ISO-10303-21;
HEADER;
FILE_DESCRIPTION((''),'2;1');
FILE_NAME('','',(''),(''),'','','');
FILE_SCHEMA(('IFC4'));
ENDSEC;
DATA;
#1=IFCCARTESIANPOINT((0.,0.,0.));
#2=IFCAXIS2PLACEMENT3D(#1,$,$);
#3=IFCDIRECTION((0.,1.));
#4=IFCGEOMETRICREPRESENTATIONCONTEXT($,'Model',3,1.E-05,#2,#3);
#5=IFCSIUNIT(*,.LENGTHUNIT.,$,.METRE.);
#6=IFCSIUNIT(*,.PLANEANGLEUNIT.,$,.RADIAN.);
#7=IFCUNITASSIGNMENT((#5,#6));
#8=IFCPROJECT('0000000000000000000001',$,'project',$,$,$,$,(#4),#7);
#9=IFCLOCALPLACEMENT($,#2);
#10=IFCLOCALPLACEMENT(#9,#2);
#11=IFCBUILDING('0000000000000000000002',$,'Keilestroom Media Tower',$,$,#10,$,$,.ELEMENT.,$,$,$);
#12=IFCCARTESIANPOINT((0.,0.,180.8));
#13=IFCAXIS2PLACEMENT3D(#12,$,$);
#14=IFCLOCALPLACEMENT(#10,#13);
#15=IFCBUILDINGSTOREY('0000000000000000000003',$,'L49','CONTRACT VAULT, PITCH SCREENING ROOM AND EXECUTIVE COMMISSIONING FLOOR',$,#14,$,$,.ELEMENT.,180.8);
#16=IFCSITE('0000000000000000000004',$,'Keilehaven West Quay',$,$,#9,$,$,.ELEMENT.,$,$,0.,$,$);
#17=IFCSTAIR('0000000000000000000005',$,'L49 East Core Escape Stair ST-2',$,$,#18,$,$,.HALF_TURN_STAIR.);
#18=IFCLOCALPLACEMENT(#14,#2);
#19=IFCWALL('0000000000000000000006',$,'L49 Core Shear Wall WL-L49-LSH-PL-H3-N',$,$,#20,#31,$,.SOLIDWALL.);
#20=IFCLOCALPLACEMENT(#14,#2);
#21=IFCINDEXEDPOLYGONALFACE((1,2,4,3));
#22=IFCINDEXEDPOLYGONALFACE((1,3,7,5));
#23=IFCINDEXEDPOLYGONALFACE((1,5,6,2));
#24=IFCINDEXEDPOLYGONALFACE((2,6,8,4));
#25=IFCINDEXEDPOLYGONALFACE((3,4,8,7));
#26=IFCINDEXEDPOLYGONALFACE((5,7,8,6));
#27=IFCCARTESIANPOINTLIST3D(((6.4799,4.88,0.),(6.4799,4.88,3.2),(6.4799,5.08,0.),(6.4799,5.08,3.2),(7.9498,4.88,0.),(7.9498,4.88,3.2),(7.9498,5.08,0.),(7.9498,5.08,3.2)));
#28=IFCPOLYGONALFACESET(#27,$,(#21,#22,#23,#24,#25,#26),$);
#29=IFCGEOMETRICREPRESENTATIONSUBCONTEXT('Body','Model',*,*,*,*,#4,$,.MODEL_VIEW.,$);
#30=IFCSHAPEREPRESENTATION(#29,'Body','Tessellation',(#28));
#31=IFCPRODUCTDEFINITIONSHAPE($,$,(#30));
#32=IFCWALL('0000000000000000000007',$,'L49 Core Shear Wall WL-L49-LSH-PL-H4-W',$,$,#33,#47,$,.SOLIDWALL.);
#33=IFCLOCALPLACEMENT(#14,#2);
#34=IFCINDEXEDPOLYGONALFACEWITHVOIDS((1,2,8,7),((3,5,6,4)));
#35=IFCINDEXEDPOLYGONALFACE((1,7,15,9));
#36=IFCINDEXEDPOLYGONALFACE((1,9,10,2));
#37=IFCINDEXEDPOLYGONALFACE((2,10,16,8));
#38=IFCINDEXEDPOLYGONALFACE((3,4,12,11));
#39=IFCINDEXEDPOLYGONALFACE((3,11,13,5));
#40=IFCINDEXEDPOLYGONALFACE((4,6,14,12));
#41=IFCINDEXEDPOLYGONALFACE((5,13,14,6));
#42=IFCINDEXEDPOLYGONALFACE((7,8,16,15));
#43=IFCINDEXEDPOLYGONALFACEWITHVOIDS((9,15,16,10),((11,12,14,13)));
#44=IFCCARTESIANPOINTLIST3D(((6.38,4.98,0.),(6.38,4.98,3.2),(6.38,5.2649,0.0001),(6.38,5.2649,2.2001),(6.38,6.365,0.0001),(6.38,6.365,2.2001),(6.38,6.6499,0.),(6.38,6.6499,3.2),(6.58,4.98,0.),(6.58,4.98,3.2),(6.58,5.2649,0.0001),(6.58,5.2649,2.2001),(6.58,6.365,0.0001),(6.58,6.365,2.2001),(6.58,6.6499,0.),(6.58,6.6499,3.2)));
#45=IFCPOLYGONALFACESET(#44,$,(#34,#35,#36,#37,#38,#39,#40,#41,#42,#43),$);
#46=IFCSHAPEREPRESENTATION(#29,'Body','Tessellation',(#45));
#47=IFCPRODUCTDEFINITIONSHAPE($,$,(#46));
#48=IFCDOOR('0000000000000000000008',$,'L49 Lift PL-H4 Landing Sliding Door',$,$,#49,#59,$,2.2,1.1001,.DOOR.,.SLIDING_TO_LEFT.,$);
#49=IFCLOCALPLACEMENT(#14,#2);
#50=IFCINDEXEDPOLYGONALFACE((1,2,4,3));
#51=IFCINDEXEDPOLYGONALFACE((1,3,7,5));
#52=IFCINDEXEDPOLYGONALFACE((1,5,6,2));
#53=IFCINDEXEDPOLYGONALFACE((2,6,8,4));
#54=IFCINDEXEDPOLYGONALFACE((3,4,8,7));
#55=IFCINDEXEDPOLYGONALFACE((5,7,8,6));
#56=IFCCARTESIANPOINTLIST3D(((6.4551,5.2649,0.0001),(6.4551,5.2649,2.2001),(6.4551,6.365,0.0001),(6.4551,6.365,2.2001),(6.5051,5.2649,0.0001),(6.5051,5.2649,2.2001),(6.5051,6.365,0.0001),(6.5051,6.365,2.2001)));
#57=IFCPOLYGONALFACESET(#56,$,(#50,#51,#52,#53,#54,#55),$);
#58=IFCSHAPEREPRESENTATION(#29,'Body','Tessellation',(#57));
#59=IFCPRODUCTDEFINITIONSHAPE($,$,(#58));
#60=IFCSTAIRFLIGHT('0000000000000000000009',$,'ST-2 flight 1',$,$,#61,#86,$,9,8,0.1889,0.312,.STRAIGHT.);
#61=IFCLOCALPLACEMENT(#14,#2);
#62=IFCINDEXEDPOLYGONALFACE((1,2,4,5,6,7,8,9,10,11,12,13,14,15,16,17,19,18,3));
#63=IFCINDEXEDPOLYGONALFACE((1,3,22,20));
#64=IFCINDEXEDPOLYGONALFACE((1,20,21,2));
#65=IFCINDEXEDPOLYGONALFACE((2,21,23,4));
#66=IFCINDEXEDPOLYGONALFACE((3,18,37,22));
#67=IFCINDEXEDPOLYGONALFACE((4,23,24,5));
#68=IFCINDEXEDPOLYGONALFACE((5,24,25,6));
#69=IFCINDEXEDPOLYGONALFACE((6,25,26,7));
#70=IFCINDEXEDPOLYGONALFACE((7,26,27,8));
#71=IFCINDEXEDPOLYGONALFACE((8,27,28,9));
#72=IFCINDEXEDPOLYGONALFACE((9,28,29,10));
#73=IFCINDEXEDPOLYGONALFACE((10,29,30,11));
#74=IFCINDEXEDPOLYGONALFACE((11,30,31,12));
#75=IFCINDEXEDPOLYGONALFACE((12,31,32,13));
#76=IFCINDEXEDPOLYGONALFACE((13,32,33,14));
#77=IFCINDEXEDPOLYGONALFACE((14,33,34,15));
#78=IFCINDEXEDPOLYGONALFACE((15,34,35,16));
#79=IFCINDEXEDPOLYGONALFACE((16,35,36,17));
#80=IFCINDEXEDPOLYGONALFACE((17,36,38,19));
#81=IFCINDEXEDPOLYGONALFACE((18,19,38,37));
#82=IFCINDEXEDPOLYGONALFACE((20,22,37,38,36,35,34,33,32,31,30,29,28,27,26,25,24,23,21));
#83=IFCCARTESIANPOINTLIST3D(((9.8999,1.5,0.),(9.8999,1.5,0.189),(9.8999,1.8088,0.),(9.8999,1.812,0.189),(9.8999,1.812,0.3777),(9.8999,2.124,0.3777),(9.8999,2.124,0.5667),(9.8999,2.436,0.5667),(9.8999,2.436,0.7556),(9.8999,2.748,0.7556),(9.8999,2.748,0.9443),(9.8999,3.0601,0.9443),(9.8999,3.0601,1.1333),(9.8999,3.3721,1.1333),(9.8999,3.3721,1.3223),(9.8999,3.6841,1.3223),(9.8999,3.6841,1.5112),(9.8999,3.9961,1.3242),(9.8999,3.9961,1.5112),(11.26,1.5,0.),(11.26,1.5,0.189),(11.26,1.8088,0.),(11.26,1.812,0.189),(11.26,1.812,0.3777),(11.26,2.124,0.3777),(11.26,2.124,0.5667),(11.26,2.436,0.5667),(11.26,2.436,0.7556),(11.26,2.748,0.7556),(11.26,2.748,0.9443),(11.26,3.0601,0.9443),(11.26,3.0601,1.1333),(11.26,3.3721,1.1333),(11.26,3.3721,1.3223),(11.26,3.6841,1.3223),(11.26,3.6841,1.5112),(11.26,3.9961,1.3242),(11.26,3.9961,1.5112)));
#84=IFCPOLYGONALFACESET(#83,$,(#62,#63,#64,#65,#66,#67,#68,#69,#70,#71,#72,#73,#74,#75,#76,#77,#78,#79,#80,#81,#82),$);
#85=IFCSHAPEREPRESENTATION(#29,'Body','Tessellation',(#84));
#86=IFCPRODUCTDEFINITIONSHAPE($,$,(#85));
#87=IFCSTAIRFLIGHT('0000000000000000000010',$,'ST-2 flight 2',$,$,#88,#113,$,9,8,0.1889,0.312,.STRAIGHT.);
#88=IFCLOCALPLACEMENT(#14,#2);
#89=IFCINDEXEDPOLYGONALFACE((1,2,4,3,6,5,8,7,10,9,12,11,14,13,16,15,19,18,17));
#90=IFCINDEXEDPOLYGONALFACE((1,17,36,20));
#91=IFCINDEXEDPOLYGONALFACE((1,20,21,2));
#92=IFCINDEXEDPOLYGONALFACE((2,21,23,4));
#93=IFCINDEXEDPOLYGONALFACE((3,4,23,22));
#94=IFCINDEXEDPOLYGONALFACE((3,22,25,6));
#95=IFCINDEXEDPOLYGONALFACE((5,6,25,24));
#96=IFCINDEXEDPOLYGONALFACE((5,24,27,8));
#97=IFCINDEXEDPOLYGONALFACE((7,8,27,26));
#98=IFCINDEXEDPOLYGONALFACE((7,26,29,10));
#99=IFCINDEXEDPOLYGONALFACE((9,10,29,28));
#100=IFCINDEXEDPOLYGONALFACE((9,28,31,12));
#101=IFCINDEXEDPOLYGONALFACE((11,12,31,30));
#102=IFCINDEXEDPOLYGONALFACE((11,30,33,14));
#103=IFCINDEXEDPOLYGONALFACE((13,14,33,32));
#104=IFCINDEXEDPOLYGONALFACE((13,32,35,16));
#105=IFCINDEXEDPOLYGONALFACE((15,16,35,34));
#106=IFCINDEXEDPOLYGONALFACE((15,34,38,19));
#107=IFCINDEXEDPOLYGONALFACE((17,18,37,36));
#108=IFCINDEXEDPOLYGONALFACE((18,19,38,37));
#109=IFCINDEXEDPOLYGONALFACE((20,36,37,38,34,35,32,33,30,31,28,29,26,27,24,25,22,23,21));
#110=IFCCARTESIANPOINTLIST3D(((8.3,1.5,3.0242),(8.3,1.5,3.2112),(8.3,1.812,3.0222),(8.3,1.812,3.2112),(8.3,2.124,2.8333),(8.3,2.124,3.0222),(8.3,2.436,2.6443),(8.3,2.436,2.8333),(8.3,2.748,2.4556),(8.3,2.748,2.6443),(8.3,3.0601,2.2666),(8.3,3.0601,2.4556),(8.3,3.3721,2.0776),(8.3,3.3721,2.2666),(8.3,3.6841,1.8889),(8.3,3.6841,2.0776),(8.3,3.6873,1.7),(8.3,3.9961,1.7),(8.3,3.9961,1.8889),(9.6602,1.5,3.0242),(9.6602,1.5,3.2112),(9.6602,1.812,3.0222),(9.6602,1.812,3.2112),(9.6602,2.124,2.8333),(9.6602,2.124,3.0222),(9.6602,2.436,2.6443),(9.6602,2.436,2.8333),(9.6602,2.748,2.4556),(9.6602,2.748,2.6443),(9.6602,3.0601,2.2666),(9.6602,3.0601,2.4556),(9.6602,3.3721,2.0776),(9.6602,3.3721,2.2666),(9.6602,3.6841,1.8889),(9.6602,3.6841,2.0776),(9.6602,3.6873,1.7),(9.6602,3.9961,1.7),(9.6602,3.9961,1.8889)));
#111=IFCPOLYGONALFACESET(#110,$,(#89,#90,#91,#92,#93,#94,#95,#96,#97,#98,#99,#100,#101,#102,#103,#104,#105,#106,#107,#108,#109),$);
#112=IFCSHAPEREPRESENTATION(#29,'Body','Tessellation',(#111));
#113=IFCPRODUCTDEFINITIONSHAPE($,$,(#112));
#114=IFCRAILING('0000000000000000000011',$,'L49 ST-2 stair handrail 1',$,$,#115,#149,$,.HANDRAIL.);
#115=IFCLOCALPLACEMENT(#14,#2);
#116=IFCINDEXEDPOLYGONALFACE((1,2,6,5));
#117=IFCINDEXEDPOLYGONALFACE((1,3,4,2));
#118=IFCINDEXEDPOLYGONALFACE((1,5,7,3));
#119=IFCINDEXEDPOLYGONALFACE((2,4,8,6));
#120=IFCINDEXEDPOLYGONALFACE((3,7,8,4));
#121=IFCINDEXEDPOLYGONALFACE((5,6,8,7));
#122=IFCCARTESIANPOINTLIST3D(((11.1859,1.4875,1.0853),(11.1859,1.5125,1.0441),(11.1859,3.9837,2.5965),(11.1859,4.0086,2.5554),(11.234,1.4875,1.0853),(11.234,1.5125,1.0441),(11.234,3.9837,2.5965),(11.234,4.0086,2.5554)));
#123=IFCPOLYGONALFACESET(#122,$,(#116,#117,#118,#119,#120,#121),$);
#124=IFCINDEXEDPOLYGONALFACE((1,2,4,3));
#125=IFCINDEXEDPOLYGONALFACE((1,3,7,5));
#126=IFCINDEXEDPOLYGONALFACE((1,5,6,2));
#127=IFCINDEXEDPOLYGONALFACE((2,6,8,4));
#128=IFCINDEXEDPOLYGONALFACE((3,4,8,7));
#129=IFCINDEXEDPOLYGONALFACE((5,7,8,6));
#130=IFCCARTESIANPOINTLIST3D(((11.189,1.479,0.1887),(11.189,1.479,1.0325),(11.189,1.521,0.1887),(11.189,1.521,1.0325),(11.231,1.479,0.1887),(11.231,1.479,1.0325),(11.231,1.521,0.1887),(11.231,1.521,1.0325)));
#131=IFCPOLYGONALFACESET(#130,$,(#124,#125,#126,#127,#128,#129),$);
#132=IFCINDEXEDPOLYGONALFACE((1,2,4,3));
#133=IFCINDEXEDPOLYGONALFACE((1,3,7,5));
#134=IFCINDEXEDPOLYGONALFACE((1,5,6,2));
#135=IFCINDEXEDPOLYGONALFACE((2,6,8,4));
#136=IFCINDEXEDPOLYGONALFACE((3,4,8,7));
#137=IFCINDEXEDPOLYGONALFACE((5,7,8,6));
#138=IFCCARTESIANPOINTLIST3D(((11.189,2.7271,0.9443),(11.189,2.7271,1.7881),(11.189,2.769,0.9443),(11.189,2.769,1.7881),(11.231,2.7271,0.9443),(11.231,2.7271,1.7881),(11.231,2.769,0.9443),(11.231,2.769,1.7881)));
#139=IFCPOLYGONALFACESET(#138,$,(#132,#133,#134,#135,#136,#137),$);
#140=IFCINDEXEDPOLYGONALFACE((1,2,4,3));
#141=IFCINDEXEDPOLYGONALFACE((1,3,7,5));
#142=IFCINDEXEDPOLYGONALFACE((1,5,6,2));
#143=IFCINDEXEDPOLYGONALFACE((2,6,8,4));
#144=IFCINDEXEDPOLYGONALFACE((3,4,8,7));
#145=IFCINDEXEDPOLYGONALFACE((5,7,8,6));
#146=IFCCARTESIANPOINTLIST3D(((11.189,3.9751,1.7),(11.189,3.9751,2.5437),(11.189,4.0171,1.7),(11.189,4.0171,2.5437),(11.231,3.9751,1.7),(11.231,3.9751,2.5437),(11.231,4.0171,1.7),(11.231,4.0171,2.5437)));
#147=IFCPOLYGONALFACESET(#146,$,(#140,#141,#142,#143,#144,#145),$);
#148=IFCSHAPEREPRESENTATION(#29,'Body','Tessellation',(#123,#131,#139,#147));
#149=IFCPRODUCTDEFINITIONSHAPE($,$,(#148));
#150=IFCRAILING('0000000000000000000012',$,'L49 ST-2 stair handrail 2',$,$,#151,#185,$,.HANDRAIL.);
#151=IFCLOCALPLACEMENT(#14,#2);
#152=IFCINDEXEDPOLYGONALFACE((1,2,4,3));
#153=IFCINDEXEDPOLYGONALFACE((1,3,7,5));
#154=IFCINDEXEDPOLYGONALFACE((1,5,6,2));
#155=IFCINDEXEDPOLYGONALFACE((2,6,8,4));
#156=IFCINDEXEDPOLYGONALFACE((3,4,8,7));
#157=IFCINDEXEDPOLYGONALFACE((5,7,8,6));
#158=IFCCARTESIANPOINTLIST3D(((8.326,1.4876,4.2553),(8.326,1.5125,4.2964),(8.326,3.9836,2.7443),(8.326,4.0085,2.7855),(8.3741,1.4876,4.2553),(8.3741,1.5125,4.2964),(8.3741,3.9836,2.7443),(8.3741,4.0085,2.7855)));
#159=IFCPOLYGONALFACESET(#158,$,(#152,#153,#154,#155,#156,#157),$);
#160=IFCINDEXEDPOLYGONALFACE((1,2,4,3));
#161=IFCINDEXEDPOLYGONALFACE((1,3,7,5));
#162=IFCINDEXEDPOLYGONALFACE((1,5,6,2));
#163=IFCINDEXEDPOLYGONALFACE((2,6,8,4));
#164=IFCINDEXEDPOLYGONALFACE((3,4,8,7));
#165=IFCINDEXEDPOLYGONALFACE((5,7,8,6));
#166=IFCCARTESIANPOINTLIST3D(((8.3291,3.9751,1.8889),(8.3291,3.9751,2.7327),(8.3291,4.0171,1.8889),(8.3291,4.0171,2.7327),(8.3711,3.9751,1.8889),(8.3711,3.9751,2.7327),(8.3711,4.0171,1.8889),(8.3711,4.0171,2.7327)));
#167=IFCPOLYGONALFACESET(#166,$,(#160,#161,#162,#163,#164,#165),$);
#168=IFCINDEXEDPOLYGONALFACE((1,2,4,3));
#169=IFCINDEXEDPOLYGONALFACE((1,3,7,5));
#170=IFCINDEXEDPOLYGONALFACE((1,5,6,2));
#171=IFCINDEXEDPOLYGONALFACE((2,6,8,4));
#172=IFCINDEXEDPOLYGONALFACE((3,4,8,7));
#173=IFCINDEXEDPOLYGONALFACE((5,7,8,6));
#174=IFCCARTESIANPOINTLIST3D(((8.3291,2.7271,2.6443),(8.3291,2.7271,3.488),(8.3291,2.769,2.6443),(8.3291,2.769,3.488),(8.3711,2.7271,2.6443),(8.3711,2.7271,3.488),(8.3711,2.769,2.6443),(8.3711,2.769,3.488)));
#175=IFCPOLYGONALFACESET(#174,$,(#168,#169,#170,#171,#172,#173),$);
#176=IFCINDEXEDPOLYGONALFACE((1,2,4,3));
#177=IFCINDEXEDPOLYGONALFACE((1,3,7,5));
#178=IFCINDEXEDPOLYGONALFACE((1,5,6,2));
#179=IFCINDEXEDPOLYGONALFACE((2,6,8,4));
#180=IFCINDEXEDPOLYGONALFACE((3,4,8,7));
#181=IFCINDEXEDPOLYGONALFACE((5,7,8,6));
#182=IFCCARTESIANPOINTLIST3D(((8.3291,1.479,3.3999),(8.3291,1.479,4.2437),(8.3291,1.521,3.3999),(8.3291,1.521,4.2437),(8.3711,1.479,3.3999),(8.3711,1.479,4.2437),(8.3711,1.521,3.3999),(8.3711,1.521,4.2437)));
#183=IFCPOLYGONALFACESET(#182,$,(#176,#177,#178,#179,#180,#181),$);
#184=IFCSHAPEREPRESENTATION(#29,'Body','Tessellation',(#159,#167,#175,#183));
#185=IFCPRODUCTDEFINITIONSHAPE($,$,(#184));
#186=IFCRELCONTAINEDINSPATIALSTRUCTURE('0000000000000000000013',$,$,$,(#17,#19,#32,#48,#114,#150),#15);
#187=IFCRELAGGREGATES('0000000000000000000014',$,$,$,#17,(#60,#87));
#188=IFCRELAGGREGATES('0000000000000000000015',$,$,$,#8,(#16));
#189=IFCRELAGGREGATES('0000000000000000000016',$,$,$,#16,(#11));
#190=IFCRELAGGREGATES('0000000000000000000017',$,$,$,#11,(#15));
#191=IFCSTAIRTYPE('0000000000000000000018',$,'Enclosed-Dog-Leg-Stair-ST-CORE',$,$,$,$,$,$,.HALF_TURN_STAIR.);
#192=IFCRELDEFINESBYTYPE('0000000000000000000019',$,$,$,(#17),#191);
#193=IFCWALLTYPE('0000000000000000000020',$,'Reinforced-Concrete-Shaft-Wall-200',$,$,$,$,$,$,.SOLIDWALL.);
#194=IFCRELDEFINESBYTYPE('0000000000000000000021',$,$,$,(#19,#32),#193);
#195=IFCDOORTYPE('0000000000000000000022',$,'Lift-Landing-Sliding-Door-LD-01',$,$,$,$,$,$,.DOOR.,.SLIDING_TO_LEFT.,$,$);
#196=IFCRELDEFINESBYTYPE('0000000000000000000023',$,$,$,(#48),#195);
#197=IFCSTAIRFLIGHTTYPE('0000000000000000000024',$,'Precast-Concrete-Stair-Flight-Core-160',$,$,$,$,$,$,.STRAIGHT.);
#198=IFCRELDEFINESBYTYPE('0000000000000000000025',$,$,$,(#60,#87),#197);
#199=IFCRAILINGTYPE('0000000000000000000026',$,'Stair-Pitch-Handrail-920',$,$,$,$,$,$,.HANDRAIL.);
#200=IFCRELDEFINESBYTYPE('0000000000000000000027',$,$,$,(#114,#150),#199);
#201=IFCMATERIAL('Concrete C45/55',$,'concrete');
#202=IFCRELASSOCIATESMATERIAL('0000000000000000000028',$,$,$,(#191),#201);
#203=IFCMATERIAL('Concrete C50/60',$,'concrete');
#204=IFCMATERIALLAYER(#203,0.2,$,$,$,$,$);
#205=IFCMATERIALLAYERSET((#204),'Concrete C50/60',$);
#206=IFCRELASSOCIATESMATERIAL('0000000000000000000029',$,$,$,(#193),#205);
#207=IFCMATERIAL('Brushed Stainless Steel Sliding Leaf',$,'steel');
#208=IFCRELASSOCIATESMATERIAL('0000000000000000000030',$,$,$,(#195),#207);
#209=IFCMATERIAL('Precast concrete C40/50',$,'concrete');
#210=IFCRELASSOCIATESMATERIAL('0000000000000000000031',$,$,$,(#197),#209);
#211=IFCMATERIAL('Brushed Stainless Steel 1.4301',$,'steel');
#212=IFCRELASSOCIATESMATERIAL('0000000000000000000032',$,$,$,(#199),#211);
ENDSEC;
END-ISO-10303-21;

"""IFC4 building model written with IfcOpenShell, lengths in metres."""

from ifc_helpers import new_model, si_unit, direction, frame, frame_2d, origin, origin_2d, place, context, subcontext, project, spatial, polyline, rectangle, outline, extrude, source, transform, mapped, material, layer, layer_set, type_object, element, fill, aggregate, save


model = new_model("IFC4")

# Units and contexts
model_context = context("Model", 3, precision=1e-05, world=origin(), true_north=direction((0.0, 1.0)))
body_context = subcontext(model_context, "Body", "Model", "MODEL_VIEW")
ifc_project = project(units=[si_unit("LENGTHUNIT", "METRE"), si_unit("PLANEANGLEUNIT", "RADIAN")], contexts=[model_context])

# Site, building, storey
site_placement = place(None, origin())
site = spatial("IfcSite", under=ifc_project, at=site_placement, Name="Keilehaven West Quay", CompositionType="ELEMENT", RefElevation=0.0)
building_placement = place(site_placement, origin())
building = spatial("IfcBuilding", under=site, at=building_placement, Name="Keilestroom Media Tower", CompositionType="ELEMENT")
storey_placement = place(building_placement, frame((0.0, 0.0, 180.8)))
storey = spatial("IfcBuildingStorey", under=building, at=storey_placement, Name="L49", Description="CONTRACT VAULT, PITCH SCREENING ROOM AND EXECUTIVE COMMISSIONING FLOOR", CompositionType="ELEMENT", Elevation=180.8)

# Stair
ifc_material_1 = material(Name="Concrete C45/55", Category="concrete")
stair_type = type_object("IfcStairType", Name="Enclosed-Dog-Leg-Stair-ST-CORE", PredefinedType="HALF_TURN_STAIR", material=ifc_material_1)
stair_placement = place(storey_placement, origin())
stair = element("IfcStair", 1, at=stair_placement, inside=storey, type_object=stair_type, Name="L49 East Core Escape Stair ST-2", PredefinedType="HALF_TURN_STAIR")

# Shared definitions
ifc_material_2 = material(Name="Concrete C50/60", Category="concrete")
ifc_layer_1 = layer(ifc_material_2, 0.2)
ifc_layer_set_1 = layer_set([ifc_layer_1], Name="Concrete C50/60")
wall_type_1 = type_object("IfcWallType", Name="Reinforced-Concrete-Shaft-Wall-200", PredefinedType="SOLIDWALL", material=ifc_layer_set_1)

# Shared definitions
ifc_material_3 = material(Name="Brushed Stainless Steel Sliding Leaf", Category="steel")
door_type_1 = type_object("IfcDoorType", Name="Lift-Landing-Sliding-Door-LD-01", OperationType="SLIDING_TO_LEFT", PredefinedType="DOOR", material=ifc_material_3)
shared_shape_1 = source(origin(), body_context, "Body", "SweptSolid", [
    extrude(rectangle(XDim=1.1001, YDim=2.2, at=frame_2d((0.55, 1.1001))), frame((0.0, 0.0249, 0.0), z_axis=(0.0, -1.0, 0.0), x_axis=(1.0, 0.0, 0.0)), (0.0, 0.0, 1.0), 0.05),
])

# Wall
wall_1_placement = place(storey_placement, frame((6.48, 4.98, 0.0), z_axis=(0.0, 0.0, 1.0), x_axis=(1.0, 0.0, 0.0)))
element("IfcWall", 2, at=wall_1_placement, inside=storey, type_object=wall_type_1, Name="L49 Core Shear Wall WL-L49-LSH-PL-H3-N", PredefinedType="SOLIDWALL", context=body_context, shape_type="SweptSolid", body=[
    extrude(rectangle(XDim=1.47, YDim=0.2, at=frame_2d((0.7349, 0.0))), origin(), (0.0, 0.0, 1.0), 3.2),
])

# Wall, opening, door
wall_2_placement = place(storey_placement, frame((6.48, 4.98, 0.0), z_axis=(0.0, 0.0, 1.0), x_axis=(0.0, 1.0, 0.0)))
wall_2 = element("IfcWall", 3, at=wall_2_placement, inside=storey, type_object=wall_type_1, Name="L49 Core Shear Wall WL-L49-LSH-PL-H4-W", PredefinedType="SOLIDWALL", context=body_context, shape_type="SweptSolid", body=[
    extrude(rectangle(XDim=1.6699, YDim=0.2, at=frame_2d((0.835, 0.0))), origin(), (0.0, 0.0, 1.0), 3.2),
])
opening_1_placement = place(wall_2_placement, frame((0.2849, 0.0, 0.0)))
opening_1 = element("IfcOpeningElement", 4, at=opening_1_placement, cuts=wall_2, PredefinedType="OPENING", context=body_context, shape_type="SweptSolid", body=[
    extrude(rectangle(XDim=1.1001, YDim=2.2, at=frame_2d((0.55, 1.1001))), frame((0.0, 0.1099, 0.0), z_axis=(0.0, -1.0, 0.0), x_axis=(1.0, 0.0, 0.0)), (0.0, 0.0, 1.0), 0.22),
])
door_1_placement = place(opening_1_placement, origin())
door_1 = element("IfcDoor", 5, at=door_1_placement, inside=storey, type_object=door_type_1, Name="L49 Lift PL-H4 Landing Sliding Door", OperationType="SLIDING_TO_LEFT", OverallHeight=2.2, OverallWidth=1.1001, PredefinedType="DOOR", context=body_context, shape_type="MappedRepresentation", body=[
    mapped(shared_shape_1, transform((0.0, 0.0, 0.0), x_axis=(1.0, 0.0, 0.0), y_axis=(0.0, 1.0, 0.0), z_axis=(0.0, 0.0, 1.0), scale=1.0)),
])
fill(opening_1, door_1)

# Stair flights
ifc_material_4 = material(Name="Precast concrete C40/50", Category="concrete")
stair_flight_type = type_object("IfcStairFlightType", Name="Precast-Concrete-Stair-Flight-Core-160", PredefinedType="STRAIGHT", material=ifc_material_4)
stair_flight_1_placement = place(storey_placement, frame((10.5801, 1.5, 0.0), z_axis=(0.0, 0.0, 1.0), x_axis=(0.0, 1.0, 0.0)))
stair_flight_1 = element("IfcStairFlight", 6, at=stair_flight_1_placement, type_object=stair_flight_type, Name="ST-2 flight 1", NumberOfRisers=9, NumberOfTreads=8, PredefinedType="STRAIGHT", RiserHeight=0.1889, TreadLength=0.312, context=body_context, shape_type="SweptSolid", body=[
    extrude(outline(polyline([(0.0, 0.0), (0.0, 0.189), (0.312, 0.189), (0.312, 0.3777), (0.624, 0.3777), (0.624, 0.5667), (0.936, 0.5667), (0.936, 0.7556), (1.248, 0.7556), (1.248, 0.9443), (1.5601, 0.9443), (1.5601, 1.1333), (1.8721, 1.1333), (1.8721, 1.3223), (2.1841, 1.3223), (2.1841, 1.5112), (2.4961, 1.5112), (2.4961, 1.7), (2.4961, 1.3242), (0.3088, 0.0), (0.0, 0.0)])), frame((0.0, 0.6802, 0.0), z_axis=(0.0, -1.0, 0.0), x_axis=(1.0, 0.0, 0.0)), (0.0, 0.0, 1.0), 1.3601),
])
stair_flight_2_placement = place(storey_placement, frame((8.98, 3.9961, 1.7), z_axis=(0.0, 0.0, 1.0), x_axis=(0.0, -1.0, 0.0)))
stair_flight_2 = element("IfcStairFlight", 7, at=stair_flight_2_placement, type_object=stair_flight_type, Name="ST-2 flight 2", NumberOfRisers=9, NumberOfTreads=8, PredefinedType="STRAIGHT", RiserHeight=0.1889, TreadLength=0.312, context=body_context, shape_type="SweptSolid", body=[
    extrude(outline(polyline([(0.0, 0.0), (0.0, 0.189), (0.312, 0.189), (0.312, 0.3777), (0.624, 0.3777), (0.624, 0.5667), (0.936, 0.5667), (0.936, 0.7556), (1.248, 0.7556), (1.248, 0.9443), (1.5601, 0.9443), (1.5601, 1.1333), (1.8721, 1.1333), (1.8721, 1.3223), (2.1841, 1.3223), (2.1841, 1.5112), (2.4961, 1.5112), (2.4961, 1.7), (2.4961, 1.3242), (0.3088, 0.0), (0.0, 0.0)])), frame((0.0, 0.6802, 0.0), z_axis=(0.0, -1.0, 0.0), x_axis=(1.0, 0.0, 0.0)), (0.0, 0.0, 1.0), 1.3601),
])
aggregate(stair, [stair_flight_1, stair_flight_2])

# Railings
ifc_material_5 = material(Name="Brushed Stainless Steel 1.4301", Category="steel")
railing_type_1 = type_object("IfcRailingType", Name="Stair-Pitch-Handrail-920", PredefinedType="HANDRAIL", material=ifc_material_5)
railing_1_placement = place(storey_placement, frame((11.21, 1.5, 0.1887)))
element("IfcRailing", 8, at=railing_1_placement, inside=storey, type_object=railing_type_1, Name="L49 ST-2 stair handrail 1", PredefinedType="HANDRAIL", context=body_context, shape_type="SweptSolid", body=[
    extrude(rectangle(XDim=0.0481, YDim=0.0481, at=origin_2d()), frame((0.0, 0.0, 0.876), z_axis=(0.0, 0.855434, 0.517912), x_axis=(-1.0, 0.0, 0.0)), (0.0, 0.0, 1.0), 2.918),
    extrude(rectangle(XDim=0.042, YDim=0.042, at=origin_2d()), origin(), (0.0, 0.0, 1.0), 0.8438),
    extrude(rectangle(XDim=0.042, YDim=0.042, at=origin_2d()), frame((0.0, 1.248, 0.7556)), (0.0, 0.0, 1.0), 0.8438),
    extrude(rectangle(XDim=0.042, YDim=0.042, at=origin_2d()), frame((0.0, 2.4961, 1.5112)), (0.0, 0.0, 1.0), 0.8438),
])
railing_2_placement = place(storey_placement, frame((8.3501, 3.9961, 1.8889)))
element("IfcRailing", 9, at=railing_2_placement, inside=storey, type_object=railing_type_1, Name="L49 ST-2 stair handrail 2", PredefinedType="HANDRAIL", context=body_context, shape_type="SweptSolid", body=[
    extrude(rectangle(XDim=0.0481, YDim=0.0481, at=origin_2d()), frame((0.0, 0.0, 0.876), z_axis=(0.0, -0.855471, 0.517851), x_axis=(1.0, 0.0, 0.0)), (0.0, 0.0, 1.0), 2.9177),
    extrude(rectangle(XDim=0.042, YDim=0.042, at=origin_2d()), origin(), (0.0, 0.0, 1.0), 0.8438),
    extrude(rectangle(XDim=0.042, YDim=0.042, at=origin_2d()), frame((0.0, -1.248, 0.7554)), (0.0, 0.0, 1.0), 0.8438),
    extrude(rectangle(XDim=0.042, YDim=0.042, at=origin_2d()), frame((0.0, -2.4961, 1.511)), (0.0, 0.0, 1.0), 0.8438),
])

save(model, "model.ifc")
